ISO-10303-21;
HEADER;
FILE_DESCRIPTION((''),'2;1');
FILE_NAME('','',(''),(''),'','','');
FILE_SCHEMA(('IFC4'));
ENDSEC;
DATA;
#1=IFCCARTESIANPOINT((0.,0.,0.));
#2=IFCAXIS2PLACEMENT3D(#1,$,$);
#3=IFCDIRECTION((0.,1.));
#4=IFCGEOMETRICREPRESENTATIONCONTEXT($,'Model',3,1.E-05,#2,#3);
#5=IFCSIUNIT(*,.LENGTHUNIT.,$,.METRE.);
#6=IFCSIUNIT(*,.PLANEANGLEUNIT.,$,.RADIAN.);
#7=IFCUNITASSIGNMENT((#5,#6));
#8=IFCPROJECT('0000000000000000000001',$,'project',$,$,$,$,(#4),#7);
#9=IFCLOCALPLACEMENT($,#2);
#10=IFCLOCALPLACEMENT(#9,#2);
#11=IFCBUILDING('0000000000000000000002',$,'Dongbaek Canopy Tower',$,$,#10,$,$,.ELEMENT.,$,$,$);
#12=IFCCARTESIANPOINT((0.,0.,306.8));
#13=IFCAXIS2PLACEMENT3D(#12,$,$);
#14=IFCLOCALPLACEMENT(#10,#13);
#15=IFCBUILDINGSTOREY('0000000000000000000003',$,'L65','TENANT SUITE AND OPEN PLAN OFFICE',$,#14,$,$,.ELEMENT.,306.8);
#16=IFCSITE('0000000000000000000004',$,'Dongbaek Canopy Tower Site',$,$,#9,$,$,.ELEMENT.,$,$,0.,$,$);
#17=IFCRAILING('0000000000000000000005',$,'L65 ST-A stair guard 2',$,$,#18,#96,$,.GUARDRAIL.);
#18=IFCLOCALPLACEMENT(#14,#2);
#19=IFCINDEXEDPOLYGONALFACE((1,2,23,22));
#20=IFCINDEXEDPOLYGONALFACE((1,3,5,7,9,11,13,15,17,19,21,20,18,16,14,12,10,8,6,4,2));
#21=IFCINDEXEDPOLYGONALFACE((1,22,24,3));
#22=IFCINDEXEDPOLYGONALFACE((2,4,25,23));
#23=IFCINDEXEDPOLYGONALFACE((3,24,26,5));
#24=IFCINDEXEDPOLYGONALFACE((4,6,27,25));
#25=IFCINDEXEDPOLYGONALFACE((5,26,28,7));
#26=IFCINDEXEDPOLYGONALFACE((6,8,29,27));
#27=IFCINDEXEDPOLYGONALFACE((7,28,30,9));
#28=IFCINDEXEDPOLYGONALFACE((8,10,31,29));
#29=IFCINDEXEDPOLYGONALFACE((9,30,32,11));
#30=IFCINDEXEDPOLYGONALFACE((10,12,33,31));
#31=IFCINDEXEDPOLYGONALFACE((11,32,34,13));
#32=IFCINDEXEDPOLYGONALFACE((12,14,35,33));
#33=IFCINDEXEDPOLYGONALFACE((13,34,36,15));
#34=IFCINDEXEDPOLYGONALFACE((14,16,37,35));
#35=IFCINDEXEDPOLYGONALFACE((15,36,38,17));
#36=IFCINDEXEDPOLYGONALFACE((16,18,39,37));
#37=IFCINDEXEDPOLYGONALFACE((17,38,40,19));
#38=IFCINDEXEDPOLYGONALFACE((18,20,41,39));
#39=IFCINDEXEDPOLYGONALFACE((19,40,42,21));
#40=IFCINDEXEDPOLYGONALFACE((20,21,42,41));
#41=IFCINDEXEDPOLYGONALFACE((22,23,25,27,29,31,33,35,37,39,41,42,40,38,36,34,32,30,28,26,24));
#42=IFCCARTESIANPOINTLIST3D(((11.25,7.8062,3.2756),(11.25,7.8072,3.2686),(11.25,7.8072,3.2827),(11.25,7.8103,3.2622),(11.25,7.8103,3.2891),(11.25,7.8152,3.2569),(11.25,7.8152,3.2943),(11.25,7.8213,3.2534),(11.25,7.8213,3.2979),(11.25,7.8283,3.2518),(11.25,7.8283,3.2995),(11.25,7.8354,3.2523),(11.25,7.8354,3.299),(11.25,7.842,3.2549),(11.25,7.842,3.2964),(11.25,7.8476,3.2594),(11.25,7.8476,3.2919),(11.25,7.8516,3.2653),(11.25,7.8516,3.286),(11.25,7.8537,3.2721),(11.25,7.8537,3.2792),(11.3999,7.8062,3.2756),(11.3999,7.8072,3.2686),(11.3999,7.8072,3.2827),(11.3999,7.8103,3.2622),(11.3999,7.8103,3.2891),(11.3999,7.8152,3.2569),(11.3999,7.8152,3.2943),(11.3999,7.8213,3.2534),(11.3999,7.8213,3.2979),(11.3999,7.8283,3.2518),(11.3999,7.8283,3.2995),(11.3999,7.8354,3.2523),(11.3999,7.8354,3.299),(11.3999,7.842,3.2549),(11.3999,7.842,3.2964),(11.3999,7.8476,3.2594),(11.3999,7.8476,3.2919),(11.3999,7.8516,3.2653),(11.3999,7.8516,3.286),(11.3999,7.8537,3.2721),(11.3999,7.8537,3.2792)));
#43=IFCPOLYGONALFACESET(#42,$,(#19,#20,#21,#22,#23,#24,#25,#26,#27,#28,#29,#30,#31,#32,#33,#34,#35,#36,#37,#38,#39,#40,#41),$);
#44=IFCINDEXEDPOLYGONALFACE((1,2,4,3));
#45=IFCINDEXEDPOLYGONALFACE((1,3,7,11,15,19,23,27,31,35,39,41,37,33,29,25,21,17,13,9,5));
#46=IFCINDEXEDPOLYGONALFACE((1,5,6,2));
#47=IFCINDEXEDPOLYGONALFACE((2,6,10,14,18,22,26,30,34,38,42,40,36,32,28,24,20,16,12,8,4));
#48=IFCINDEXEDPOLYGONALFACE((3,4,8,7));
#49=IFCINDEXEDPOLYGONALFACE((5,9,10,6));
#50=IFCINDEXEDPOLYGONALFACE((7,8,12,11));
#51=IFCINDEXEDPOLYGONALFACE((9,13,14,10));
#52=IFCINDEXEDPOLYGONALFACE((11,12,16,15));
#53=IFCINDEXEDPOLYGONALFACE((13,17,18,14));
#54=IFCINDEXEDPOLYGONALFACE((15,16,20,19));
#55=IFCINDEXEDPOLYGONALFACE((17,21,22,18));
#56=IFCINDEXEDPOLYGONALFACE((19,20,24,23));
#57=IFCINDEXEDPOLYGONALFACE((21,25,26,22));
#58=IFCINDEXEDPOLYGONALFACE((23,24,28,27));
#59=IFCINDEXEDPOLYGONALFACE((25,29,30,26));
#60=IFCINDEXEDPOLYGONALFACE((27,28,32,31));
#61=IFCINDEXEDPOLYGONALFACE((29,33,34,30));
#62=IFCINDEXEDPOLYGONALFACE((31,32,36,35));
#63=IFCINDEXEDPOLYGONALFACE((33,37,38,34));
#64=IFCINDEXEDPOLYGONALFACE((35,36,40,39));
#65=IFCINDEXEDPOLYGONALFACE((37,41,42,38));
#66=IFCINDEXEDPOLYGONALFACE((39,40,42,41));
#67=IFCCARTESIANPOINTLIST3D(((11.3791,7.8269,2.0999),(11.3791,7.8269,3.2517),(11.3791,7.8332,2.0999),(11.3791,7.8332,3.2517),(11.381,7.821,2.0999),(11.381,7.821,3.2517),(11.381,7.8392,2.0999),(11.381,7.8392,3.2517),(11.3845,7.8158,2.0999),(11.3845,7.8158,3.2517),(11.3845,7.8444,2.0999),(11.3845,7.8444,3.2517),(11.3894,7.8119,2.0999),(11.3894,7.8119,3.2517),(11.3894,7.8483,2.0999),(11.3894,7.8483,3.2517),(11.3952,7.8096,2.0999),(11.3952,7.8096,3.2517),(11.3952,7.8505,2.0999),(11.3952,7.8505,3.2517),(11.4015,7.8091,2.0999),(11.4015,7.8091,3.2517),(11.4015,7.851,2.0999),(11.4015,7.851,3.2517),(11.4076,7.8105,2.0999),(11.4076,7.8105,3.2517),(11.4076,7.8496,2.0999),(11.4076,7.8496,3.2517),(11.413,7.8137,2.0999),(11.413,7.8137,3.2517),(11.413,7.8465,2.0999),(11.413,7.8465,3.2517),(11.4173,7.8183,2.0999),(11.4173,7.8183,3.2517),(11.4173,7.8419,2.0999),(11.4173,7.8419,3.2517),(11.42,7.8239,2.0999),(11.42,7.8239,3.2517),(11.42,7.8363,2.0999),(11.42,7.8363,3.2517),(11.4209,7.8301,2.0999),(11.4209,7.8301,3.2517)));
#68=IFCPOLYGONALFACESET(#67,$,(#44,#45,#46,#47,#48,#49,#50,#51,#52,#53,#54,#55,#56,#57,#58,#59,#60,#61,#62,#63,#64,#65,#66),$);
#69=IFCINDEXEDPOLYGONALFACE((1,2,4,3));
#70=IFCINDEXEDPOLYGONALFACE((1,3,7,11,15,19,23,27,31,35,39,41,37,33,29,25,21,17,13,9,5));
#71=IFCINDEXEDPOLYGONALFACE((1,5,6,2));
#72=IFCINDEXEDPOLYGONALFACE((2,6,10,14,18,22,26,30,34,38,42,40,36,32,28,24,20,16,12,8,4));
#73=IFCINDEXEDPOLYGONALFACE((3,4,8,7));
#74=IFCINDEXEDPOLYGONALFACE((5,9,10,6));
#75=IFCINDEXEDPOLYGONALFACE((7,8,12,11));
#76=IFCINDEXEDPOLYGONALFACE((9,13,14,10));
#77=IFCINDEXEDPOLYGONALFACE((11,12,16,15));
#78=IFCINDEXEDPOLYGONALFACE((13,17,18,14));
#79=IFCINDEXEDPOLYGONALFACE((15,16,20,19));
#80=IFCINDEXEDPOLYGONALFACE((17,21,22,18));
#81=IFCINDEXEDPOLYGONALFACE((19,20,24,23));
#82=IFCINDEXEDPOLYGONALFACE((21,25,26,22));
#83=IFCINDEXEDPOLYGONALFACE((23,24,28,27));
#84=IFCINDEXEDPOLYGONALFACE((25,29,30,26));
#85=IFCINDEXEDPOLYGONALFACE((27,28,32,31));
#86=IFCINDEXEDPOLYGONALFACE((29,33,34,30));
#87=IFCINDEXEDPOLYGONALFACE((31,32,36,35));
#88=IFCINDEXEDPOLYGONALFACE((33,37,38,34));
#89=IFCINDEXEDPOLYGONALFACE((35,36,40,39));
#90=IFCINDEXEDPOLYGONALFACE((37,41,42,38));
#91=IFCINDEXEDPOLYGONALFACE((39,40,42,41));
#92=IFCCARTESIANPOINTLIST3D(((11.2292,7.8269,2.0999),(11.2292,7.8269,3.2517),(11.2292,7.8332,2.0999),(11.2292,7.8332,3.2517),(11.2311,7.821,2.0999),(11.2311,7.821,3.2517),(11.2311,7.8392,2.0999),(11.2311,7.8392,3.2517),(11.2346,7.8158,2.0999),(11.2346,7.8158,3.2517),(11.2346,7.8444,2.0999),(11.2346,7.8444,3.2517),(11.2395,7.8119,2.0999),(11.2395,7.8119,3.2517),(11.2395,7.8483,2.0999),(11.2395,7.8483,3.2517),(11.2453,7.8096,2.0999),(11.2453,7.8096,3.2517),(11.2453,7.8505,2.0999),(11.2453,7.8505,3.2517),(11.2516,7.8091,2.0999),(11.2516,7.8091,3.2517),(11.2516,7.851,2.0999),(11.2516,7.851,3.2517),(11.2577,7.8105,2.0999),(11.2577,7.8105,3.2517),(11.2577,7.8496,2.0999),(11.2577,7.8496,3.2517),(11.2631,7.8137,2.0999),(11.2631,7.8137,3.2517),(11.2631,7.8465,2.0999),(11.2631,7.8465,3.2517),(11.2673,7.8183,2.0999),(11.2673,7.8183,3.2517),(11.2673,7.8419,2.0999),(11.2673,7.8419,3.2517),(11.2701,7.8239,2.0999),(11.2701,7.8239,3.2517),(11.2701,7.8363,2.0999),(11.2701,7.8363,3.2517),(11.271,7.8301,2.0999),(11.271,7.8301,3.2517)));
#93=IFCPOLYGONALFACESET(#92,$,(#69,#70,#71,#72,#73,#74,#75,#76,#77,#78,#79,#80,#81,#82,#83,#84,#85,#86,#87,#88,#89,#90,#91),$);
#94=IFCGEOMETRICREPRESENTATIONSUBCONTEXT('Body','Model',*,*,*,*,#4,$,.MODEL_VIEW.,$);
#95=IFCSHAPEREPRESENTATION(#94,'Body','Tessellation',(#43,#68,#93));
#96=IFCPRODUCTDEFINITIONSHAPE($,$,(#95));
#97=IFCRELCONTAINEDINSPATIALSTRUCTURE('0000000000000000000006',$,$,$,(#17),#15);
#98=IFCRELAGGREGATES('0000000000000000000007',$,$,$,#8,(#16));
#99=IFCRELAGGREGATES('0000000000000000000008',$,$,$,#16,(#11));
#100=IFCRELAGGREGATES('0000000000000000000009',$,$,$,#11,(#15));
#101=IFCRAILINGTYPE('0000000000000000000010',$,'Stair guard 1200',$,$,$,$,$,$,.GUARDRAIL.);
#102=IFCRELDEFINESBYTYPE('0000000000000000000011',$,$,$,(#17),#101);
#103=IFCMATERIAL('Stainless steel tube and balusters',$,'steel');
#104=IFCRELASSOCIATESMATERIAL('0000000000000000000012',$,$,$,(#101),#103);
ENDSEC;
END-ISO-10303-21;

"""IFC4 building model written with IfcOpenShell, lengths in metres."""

from ifc_helpers import new_model, si_unit, direction, frame, origin, origin_2d, place, context, subcontext, project, spatial, circle, extrude, material, type_object, element, save


model = new_model("IFC4")

# Units and contexts
model_context = context("Model", 3, precision=1e-05, world=origin(), true_north=direction((0.0, 1.0)))
body_context = subcontext(model_context, "Body", "Model", "MODEL_VIEW")
ifc_project = project(units=[si_unit("LENGTHUNIT", "METRE"), si_unit("PLANEANGLEUNIT", "RADIAN")], contexts=[model_context])

# Site, building, storey
site_placement = place(None, origin())
site = spatial("IfcSite", under=ifc_project, at=site_placement, Name="Dongbaek Canopy Tower Site", CompositionType="ELEMENT", RefElevation=0.0)
building_placement = place(site_placement, origin())
building = spatial("IfcBuilding", under=site, at=building_placement, Name="Dongbaek Canopy Tower", CompositionType="ELEMENT")
storey_placement = place(building_placement, frame((0.0, 0.0, 306.8)))
storey = spatial("IfcBuildingStorey", under=building, at=storey_placement, Name="L65", Description="TENANT SUITE AND OPEN PLAN OFFICE", CompositionType="ELEMENT", Elevation=306.8)

# Railing
ifc_material_1 = material(Name="Stainless steel tube and balusters", Category="steel")
railing_type_1 = type_object("IfcRailingType", Name="Stair guard 1200", PredefinedType="GUARDRAIL", material=ifc_material_1)
railing_1_placement = place(storey_placement, frame((11.3999, 7.8301, 2.0999)))
element("IfcRailing", 1, at=railing_1_placement, inside=storey, type_object=railing_type_1, Name="L65 ST-A stair guard 2", PredefinedType="GUARDRAIL", context=body_context, shape_type="SweptSolid", body=[
    extrude(circle(Radius=0.0239, at=origin_2d()), frame((0.0, 0.0, 1.1758), z_axis=(-1.0, 0.0, 0.0), x_axis=(0.0, -1.0, 0.0)), (0.0, 0.0, 1.0), 0.1499),
    extrude(circle(Radius=0.021, at=origin_2d()), origin(), (0.0, 0.0, 1.0), 1.1519),
    extrude(circle(Radius=0.021, at=origin_2d()), frame((-0.1499, 0.0, 0.0)), (0.0, 0.0, 1.0), 1.1519),
])

save(model, "model.ifc")
